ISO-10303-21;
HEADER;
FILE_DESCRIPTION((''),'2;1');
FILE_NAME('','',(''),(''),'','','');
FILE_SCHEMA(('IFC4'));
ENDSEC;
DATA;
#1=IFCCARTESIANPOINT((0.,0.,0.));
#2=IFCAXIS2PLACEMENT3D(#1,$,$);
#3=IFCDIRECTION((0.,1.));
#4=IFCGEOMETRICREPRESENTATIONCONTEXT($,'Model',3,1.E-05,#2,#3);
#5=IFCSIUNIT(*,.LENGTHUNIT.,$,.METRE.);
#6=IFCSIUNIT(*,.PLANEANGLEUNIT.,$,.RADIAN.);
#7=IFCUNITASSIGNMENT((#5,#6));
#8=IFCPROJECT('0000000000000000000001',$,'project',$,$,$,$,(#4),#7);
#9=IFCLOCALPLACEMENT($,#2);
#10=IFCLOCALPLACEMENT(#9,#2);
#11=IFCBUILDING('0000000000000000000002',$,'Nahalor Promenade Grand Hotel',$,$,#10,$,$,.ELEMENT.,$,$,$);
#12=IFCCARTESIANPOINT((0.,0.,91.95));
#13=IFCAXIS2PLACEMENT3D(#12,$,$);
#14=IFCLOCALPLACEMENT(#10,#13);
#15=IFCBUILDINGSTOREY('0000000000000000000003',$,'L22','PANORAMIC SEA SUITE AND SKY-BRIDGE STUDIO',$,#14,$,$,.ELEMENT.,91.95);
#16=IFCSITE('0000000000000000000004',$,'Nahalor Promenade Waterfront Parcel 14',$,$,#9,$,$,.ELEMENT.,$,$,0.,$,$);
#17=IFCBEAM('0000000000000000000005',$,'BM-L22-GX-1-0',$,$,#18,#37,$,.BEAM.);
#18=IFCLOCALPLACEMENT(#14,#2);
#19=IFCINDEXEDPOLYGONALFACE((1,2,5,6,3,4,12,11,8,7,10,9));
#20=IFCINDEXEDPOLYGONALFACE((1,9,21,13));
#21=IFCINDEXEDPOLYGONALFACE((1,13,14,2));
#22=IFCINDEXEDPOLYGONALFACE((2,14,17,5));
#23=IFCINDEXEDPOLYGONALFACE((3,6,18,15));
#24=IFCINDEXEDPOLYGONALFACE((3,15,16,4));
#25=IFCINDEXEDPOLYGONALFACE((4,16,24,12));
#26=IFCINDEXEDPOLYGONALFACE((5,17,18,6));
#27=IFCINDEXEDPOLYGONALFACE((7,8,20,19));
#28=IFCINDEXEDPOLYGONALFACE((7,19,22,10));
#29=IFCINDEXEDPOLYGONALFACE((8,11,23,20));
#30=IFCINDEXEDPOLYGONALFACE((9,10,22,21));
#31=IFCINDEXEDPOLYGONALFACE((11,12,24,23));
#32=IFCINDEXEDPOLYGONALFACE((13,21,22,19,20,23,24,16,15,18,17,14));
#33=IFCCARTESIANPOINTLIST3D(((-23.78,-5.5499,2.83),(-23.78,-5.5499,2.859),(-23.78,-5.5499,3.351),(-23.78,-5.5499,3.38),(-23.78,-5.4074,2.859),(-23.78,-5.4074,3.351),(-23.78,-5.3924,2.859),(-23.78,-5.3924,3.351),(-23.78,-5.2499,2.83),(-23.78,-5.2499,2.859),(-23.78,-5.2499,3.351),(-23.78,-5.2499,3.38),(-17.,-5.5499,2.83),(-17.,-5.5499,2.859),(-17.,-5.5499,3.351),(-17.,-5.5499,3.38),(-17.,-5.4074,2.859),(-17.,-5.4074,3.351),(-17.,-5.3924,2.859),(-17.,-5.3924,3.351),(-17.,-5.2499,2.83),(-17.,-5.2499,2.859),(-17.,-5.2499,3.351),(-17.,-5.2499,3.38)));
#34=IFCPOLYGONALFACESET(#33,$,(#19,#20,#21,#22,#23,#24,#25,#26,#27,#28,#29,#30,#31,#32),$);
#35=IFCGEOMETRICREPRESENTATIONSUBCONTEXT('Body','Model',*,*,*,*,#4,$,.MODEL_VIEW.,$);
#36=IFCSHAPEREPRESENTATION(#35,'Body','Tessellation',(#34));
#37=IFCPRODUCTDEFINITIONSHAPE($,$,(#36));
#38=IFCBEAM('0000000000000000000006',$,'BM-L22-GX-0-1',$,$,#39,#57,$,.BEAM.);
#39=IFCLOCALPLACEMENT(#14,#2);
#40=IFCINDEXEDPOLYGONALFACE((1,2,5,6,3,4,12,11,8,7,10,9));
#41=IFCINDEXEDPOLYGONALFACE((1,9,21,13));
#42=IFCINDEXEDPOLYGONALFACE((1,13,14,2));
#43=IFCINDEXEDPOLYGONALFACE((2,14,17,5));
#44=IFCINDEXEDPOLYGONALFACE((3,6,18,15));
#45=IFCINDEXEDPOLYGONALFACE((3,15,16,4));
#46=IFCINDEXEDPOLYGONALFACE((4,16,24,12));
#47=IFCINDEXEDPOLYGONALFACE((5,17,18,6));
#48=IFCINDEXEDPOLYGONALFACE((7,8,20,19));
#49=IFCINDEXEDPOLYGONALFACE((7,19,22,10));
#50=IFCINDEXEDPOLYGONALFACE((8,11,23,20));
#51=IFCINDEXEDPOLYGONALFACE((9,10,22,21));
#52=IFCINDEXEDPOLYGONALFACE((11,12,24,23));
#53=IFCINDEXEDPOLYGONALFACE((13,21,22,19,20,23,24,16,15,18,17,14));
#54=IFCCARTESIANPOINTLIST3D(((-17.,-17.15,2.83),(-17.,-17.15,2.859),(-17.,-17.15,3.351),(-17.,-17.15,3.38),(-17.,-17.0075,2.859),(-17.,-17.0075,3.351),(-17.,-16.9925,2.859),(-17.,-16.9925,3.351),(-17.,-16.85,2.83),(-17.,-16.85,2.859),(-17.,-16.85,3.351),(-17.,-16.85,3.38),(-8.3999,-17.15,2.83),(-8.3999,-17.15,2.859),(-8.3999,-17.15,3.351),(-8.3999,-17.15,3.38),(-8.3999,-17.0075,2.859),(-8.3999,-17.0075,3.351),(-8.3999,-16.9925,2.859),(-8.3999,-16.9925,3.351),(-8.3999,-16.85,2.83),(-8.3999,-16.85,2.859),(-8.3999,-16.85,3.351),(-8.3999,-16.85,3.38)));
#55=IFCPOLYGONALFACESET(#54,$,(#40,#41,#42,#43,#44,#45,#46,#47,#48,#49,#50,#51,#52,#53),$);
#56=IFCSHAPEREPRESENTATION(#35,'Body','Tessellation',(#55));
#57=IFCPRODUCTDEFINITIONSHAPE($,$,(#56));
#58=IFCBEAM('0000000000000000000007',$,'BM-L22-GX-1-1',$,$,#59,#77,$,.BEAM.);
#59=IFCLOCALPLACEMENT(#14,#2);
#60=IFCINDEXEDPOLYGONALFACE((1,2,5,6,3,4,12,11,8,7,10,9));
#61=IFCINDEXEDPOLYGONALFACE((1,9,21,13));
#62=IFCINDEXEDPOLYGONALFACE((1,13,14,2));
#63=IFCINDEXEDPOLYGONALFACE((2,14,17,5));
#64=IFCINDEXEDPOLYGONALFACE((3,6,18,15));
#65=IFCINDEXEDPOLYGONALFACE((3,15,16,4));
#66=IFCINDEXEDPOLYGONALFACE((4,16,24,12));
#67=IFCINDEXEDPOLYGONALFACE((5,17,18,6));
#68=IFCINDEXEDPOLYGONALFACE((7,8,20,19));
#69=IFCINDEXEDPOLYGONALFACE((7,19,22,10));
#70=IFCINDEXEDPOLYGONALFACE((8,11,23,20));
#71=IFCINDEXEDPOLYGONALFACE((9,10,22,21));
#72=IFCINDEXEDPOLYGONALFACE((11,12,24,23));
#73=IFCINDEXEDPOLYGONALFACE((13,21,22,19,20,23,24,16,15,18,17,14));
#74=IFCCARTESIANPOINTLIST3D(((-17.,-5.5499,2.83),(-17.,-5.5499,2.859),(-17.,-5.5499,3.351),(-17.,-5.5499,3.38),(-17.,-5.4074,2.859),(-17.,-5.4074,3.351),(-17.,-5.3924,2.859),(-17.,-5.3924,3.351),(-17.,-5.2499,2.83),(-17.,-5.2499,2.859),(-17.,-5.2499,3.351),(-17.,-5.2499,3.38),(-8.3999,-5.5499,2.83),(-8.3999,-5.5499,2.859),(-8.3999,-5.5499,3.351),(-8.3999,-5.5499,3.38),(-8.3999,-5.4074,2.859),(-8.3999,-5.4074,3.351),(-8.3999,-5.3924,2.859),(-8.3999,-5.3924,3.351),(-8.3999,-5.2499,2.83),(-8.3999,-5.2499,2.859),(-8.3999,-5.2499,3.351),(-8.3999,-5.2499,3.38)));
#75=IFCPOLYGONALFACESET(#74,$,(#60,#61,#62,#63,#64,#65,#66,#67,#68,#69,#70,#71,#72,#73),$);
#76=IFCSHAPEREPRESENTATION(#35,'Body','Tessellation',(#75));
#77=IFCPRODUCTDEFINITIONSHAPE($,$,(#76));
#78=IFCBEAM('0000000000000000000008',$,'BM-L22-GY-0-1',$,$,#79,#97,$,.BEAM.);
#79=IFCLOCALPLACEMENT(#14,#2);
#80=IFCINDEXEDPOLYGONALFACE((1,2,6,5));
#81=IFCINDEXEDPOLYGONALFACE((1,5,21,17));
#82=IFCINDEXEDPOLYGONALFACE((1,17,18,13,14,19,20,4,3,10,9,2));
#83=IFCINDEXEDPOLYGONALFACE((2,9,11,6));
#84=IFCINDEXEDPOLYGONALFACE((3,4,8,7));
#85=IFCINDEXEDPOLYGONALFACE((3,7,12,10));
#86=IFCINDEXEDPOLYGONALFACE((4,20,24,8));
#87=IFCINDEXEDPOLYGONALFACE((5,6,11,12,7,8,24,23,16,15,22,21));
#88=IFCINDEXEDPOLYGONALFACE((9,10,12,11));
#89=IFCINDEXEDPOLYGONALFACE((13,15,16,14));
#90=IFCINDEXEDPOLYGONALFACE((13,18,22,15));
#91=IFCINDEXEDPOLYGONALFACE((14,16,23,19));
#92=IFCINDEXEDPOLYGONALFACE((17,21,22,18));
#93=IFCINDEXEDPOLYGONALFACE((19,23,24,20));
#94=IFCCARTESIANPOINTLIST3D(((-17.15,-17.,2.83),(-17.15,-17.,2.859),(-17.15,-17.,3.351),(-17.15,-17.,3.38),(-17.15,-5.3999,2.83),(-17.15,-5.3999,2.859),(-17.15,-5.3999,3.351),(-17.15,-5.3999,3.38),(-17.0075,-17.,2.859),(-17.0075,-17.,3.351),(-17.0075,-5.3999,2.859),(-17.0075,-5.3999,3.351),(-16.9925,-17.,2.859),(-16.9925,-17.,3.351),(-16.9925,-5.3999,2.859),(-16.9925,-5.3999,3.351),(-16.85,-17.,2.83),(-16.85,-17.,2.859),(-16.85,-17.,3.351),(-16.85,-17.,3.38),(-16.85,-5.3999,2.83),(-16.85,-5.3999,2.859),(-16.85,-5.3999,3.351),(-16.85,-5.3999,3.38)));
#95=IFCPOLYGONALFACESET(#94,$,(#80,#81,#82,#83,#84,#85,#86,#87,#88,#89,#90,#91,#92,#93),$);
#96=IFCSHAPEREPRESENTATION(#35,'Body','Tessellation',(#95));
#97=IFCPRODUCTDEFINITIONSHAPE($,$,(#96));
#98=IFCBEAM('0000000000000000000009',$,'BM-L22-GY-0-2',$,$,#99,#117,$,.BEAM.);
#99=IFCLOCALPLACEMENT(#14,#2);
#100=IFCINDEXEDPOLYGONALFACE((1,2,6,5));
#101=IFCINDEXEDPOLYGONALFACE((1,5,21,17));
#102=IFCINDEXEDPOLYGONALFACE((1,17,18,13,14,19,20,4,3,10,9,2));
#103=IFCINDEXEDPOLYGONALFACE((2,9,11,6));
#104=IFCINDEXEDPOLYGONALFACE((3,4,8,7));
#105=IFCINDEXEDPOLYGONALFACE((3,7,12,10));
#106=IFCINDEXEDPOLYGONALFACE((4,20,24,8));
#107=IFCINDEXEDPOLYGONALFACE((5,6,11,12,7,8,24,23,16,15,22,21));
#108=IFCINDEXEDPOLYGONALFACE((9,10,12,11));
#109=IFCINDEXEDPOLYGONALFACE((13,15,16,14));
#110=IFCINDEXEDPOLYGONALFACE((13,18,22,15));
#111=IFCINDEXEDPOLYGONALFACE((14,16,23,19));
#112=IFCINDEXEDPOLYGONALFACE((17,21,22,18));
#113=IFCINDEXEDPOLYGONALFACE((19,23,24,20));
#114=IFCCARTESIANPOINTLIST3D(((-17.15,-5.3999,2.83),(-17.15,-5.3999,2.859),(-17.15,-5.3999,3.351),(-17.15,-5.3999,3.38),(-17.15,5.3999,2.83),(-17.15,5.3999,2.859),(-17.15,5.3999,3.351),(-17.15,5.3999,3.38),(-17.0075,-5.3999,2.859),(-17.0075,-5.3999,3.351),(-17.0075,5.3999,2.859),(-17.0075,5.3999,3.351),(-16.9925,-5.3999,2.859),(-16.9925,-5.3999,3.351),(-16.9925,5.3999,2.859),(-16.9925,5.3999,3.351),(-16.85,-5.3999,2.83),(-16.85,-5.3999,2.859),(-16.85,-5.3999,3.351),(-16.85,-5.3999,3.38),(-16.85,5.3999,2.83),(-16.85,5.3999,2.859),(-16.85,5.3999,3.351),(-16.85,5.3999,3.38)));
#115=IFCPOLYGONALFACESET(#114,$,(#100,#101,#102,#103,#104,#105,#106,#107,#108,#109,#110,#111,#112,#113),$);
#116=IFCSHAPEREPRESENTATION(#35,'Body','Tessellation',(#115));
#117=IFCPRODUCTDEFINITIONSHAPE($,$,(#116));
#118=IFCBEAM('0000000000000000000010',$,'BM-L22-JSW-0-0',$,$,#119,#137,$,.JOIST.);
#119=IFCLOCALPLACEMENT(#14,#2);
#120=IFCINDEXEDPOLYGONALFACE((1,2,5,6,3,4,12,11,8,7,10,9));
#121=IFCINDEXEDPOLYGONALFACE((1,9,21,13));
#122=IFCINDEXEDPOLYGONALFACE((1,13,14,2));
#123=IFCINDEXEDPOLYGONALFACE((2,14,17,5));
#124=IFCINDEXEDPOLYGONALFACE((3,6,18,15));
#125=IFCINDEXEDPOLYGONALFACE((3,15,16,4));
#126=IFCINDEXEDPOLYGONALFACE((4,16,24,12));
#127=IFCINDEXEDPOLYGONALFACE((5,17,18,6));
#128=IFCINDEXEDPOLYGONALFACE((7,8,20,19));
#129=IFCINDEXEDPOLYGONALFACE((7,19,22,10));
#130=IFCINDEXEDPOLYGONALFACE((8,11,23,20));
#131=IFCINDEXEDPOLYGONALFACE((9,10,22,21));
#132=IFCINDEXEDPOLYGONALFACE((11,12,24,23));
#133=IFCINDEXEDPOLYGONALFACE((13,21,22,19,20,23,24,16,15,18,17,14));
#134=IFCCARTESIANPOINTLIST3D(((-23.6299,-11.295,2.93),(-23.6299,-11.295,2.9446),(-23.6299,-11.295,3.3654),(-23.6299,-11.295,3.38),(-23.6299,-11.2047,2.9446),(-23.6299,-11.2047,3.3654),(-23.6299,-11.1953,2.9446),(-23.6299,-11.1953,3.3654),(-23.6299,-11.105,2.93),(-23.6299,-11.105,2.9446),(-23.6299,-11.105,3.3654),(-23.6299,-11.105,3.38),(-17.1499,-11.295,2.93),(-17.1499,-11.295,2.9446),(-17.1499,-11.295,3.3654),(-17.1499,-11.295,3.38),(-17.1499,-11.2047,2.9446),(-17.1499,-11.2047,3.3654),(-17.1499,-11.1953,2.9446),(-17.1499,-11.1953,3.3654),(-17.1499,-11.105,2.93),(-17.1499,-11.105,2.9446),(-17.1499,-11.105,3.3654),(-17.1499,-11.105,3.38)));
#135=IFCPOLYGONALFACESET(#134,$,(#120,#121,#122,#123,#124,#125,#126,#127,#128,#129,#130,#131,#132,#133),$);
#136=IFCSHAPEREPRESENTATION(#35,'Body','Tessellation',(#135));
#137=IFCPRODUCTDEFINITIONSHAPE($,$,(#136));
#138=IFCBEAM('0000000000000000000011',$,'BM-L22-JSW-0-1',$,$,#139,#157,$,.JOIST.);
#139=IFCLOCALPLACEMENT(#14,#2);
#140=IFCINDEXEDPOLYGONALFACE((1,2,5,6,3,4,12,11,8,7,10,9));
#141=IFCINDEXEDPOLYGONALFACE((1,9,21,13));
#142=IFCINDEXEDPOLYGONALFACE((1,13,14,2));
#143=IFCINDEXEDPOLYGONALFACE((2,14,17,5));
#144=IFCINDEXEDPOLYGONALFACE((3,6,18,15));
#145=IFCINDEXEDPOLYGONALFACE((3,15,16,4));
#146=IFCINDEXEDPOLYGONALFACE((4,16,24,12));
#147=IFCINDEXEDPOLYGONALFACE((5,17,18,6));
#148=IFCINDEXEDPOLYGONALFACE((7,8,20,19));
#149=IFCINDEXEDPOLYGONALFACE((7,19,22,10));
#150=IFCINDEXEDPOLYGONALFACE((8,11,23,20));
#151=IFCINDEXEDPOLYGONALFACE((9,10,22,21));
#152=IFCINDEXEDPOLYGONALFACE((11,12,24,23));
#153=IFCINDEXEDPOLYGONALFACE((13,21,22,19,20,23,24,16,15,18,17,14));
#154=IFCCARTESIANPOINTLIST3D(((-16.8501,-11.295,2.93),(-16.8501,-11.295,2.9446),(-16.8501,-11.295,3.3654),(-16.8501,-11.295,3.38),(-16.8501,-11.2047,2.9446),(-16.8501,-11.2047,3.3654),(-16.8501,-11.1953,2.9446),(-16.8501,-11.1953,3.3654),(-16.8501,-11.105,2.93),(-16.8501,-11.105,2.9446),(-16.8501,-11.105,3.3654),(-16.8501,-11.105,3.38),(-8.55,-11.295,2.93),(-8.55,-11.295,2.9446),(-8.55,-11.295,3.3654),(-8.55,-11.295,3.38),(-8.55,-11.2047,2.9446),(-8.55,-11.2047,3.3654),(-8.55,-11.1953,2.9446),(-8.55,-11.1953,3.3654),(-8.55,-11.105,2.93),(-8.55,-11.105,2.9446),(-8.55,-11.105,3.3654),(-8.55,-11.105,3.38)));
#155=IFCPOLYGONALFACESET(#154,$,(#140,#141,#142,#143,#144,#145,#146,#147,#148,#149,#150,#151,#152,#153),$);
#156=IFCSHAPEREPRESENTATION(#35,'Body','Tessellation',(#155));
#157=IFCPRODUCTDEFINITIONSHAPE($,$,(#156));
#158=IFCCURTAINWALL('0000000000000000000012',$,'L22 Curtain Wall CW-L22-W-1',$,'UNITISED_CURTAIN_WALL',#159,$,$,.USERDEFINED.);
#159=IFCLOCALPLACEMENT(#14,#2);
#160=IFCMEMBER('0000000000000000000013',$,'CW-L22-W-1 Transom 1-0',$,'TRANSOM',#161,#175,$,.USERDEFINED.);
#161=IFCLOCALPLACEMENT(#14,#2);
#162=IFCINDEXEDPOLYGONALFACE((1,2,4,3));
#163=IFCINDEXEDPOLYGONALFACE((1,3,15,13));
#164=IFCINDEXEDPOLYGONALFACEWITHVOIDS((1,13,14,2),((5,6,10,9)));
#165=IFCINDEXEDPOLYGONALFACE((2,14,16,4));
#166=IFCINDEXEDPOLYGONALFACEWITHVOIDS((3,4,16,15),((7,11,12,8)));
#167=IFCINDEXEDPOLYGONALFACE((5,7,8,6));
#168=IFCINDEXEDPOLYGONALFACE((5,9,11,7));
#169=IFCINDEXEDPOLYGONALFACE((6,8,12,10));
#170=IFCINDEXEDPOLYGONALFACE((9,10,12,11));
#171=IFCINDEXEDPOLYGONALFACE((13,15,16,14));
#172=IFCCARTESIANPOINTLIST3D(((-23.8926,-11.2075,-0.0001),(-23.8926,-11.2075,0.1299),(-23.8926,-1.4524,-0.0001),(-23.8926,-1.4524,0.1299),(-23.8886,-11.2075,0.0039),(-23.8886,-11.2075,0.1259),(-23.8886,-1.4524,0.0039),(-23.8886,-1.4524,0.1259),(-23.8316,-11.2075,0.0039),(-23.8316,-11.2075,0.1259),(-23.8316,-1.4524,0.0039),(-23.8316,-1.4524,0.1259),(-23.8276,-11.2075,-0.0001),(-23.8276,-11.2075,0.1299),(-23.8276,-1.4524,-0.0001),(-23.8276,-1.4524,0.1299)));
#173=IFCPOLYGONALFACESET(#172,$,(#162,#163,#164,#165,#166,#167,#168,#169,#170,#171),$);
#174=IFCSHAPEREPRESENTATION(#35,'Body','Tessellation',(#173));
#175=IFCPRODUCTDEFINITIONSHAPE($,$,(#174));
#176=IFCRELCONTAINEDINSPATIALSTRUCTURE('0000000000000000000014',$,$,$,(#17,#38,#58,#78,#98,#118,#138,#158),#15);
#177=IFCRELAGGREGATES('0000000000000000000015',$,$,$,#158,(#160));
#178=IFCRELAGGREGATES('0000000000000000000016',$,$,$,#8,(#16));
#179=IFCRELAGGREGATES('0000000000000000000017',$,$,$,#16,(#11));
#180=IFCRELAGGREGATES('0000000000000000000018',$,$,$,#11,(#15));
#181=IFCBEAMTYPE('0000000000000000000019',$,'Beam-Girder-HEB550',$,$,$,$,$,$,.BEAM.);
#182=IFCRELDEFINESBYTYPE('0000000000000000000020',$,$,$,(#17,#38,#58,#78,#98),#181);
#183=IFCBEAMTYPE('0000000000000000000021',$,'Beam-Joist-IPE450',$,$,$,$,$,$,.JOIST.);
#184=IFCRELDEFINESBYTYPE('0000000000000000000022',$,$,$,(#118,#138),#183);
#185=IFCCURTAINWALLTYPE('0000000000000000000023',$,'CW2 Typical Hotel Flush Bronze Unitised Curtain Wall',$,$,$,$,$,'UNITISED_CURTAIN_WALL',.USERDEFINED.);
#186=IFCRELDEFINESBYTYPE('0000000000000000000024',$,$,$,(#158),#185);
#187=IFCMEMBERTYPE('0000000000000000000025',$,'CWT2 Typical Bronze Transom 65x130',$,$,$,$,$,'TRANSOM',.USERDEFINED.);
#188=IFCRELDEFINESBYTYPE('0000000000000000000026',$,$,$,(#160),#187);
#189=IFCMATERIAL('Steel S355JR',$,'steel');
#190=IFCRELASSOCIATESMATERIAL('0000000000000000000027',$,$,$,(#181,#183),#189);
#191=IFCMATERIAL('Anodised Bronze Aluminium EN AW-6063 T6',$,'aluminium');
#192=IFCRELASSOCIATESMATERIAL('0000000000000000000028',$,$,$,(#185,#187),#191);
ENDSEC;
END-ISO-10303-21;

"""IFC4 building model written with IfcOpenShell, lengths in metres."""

from ifc_helpers import new_model, si_unit, direction, frame, origin, origin_2d, place, context, subcontext, project, spatial, hollow_rectangle, i_section, extrude, source, transform, mapped, material, material_profile, profile_set, type_object, element, aggregate, save


model = new_model("IFC4")

# Units and contexts
model_context = context("Model", 3, precision=1e-05, world=origin(), true_north=direction((0.0, 1.0)))
body_context = subcontext(model_context, "Body", "Model", "MODEL_VIEW")
ifc_project = project(units=[si_unit("LENGTHUNIT", "METRE"), si_unit("PLANEANGLEUNIT", "RADIAN")], contexts=[model_context])

# Site, building, storey
site_placement = place(None, origin())
site = spatial("IfcSite", under=ifc_project, at=site_placement, Name="Nahalor Promenade Waterfront Parcel 14", CompositionType="ELEMENT", RefElevation=0.0)
building_placement = place(site_placement, origin())
building = spatial("IfcBuilding", under=site, at=building_placement, Name="Nahalor Promenade Grand Hotel", CompositionType="ELEMENT")
storey_placement = place(building_placement, frame((0.0, 0.0, 91.95)))
storey = spatial("IfcBuildingStorey", under=building, at=storey_placement, Name="L22", Description="PANORAMIC SEA SUITE AND SKY-BRIDGE STUDIO", CompositionType="ELEMENT", Elevation=91.95)

# Beams
ifc_material_1 = material(Name="Steel S355JR", Category="steel")
ifc_material_profile_1 = material_profile(ifc_material_1, i_section(OverallWidth=0.3, OverallDepth=0.55, WebThickness=0.015, FlangeThickness=0.029, at=origin_2d()), Name="HEB 550")
ifc_profile_set_1 = profile_set([ifc_material_profile_1], Name="Steel S355JR")
beam_type_1 = type_object("IfcBeamType", Name="Beam-Girder-HEB550", PredefinedType="BEAM", material=ifc_profile_set_1)
shared_shape_1 = source(origin(), body_context, "Body", "SweptSolid", [
    extrude(i_section(OverallWidth=0.3, OverallDepth=0.55, WebThickness=0.015, FlangeThickness=0.029, at=origin_2d()), origin(), (0.0, 0.0, 1.0), 6.78),
])
for number, where, z_axis, x_axis, name in (
    (1, (-23.78, -5.3999, 3.105), (1.0, 0.0, 0.0), (0.0, 1.0, 0.0), "BM-L22-GX-1-0"),
):
    element("IfcBeam", number, at=place(storey_placement, frame(where, z_axis=z_axis, x_axis=x_axis)), inside=storey, type_object=beam_type_1, Name=name, PredefinedType="BEAM", context=body_context, shape_type="MappedRepresentation", body=[
        mapped(shared_shape_1, transform((0.0, 0.0, 0.0), scale=1.0)),
    ])
shared_shape_2 = source(origin(), body_context, "Body", "SweptSolid", [
    extrude(i_section(OverallWidth=0.3, OverallDepth=0.55, WebThickness=0.015, FlangeThickness=0.029, at=origin_2d()), origin(), (0.0, 0.0, 1.0), 8.6001),
])
for number, where, z_axis, x_axis, name in (
    (2, (-17.0, -17.0, 3.105), (1.0, 0.0, 0.0), (0.0, 1.0, 0.0), "BM-L22-GX-0-1"),
    (3, (-17.0, -5.3999, 3.105), (1.0, 0.0, 0.0), (0.0, 1.0, 0.0), "BM-L22-GX-1-1"),
):
    element("IfcBeam", number, at=place(storey_placement, frame(where, z_axis=z_axis, x_axis=x_axis)), inside=storey, type_object=beam_type_1, Name=name, PredefinedType="BEAM", context=body_context, shape_type="MappedRepresentation", body=[
        mapped(shared_shape_2, transform((0.0, 0.0, 0.0), scale=1.0)),
    ])
shared_shape_3 = source(origin(), body_context, "Body", "SweptSolid", [
    extrude(i_section(OverallWidth=0.3, OverallDepth=0.55, WebThickness=0.015, FlangeThickness=0.029, at=origin_2d()), origin(), (0.0, 0.0, 1.0), 11.6001),
])
beam_1_placement = place(storey_placement, frame((-17.0, -17.0, 3.105), z_axis=(0.0, 1.0, 0.0), x_axis=(-1.0, 0.0, 0.0)))
element("IfcBeam", 4, at=beam_1_placement, inside=storey, type_object=beam_type_1, Name="BM-L22-GY-0-1", PredefinedType="BEAM", context=body_context, shape_type="MappedRepresentation", body=[
    mapped(shared_shape_3, transform((0.0, 0.0, 0.0), scale=1.0)),
])
shared_shape_4 = source(origin(), body_context, "Body", "SweptSolid", [
    extrude(i_section(OverallWidth=0.3, OverallDepth=0.55, WebThickness=0.015, FlangeThickness=0.029, at=origin_2d()), origin(), (0.0, 0.0, 1.0), 10.7998),
])
beam_2_placement = place(storey_placement, frame((-17.0, -5.3999, 3.105), z_axis=(0.0, 1.0, 0.0), x_axis=(-1.0, 0.0, 0.0)))
element("IfcBeam", 5, at=beam_2_placement, inside=storey, type_object=beam_type_1, Name="BM-L22-GY-0-2", PredefinedType="BEAM", context=body_context, shape_type="MappedRepresentation", body=[
    mapped(shared_shape_4, transform((0.0, 0.0, 0.0), scale=1.0)),
])
ifc_material_profile_2 = material_profile(ifc_material_1, i_section(OverallWidth=0.19, OverallDepth=0.45, WebThickness=0.0094, FlangeThickness=0.0146, at=origin_2d()), Name="IPE 450")
ifc_profile_set_2 = profile_set([ifc_material_profile_2], Name="Steel S355JR")
beam_type_2 = type_object("IfcBeamType", Name="Beam-Joist-IPE450", PredefinedType="JOIST", material=ifc_profile_set_2)
shared_shape_5 = source(origin(), body_context, "Body", "SweptSolid", [
    extrude(i_section(OverallWidth=0.19, OverallDepth=0.45, WebThickness=0.0094, FlangeThickness=0.0146, at=origin_2d()), origin(), (0.0, 0.0, 1.0), 6.48),
])
beam_3_placement = place(storey_placement, frame((-23.6299, -11.2, 3.155), z_axis=(1.0, 0.0, 0.0), x_axis=(0.0, 1.0, 0.0)))
element("IfcBeam", 6, at=beam_3_placement, inside=storey, type_object=beam_type_2, Name="BM-L22-JSW-0-0", PredefinedType="JOIST", context=body_context, shape_type="MappedRepresentation", body=[
    mapped(shared_shape_5, transform((0.0, 0.0, 0.0), scale=1.0)),
])
shared_shape_6 = source(origin(), body_context, "Body", "SweptSolid", [
    extrude(i_section(OverallWidth=0.19, OverallDepth=0.45, WebThickness=0.0094, FlangeThickness=0.0146, at=origin_2d()), origin(), (0.0, 0.0, 1.0), 8.3),
])
beam_4_placement = place(storey_placement, frame((-16.8501, -11.2, 3.155), z_axis=(1.0, 0.0, 0.0), x_axis=(0.0, 1.0, 0.0)))
element("IfcBeam", 7, at=beam_4_placement, inside=storey, type_object=beam_type_2, Name="BM-L22-JSW-0-1", PredefinedType="JOIST", context=body_context, shape_type="MappedRepresentation", body=[
    mapped(shared_shape_6, transform((0.0, 0.0, 0.0), scale=1.0)),
])

# Curtain wall, member
ifc_material_2 = material(Name="Anodised Bronze Aluminium EN AW-6063 T6", Category="aluminium")
curtain_wall_type = type_object("IfcCurtainWallType", Name="CW2 Typical Hotel Flush Bronze Unitised Curtain Wall", ElementType="UNITISED_CURTAIN_WALL", PredefinedType="USERDEFINED", material=ifc_material_2)
curtain_wall_placement = place(storey_placement, origin())
curtain_wall = element("IfcCurtainWall", 8, at=curtain_wall_placement, inside=storey, type_object=curtain_wall_type, Name="L22 Curtain Wall CW-L22-W-1", ObjectType="UNITISED_CURTAIN_WALL", PredefinedType="USERDEFINED")
ifc_material_profile_3 = material_profile(ifc_material_2, hollow_rectangle(XDim=0.065, YDim=0.13, WallThickness=0.004, at=origin_2d()), Name="CWT 65x130x4")
ifc_profile_set_3 = profile_set([ifc_material_profile_3], Name="Anodised Bronze Aluminium EN AW-6063 T6")
member_type_1 = type_object("IfcMemberType", Name="CWT2 Typical Bronze Transom 65x130", ElementType="TRANSOM", PredefinedType="USERDEFINED", material=ifc_profile_set_3)
shared_shape_7 = source(origin(), body_context, "Body", "SweptSolid", [
    extrude(hollow_rectangle(XDim=0.065, YDim=0.13, WallThickness=0.004, at=origin_2d()), origin(), (0.0, 0.0, 1.0), 9.7551),
])
member_1_placement = place(storey_placement, frame((-23.8601, -11.2075, 0.0649), z_axis=(0.0, 1.0, 0.0), x_axis=(-1.0, 0.0, 0.0)))
member_1 = element("IfcMember", 9, at=member_1_placement, type_object=member_type_1, Name="CW-L22-W-1 Transom 1-0", ObjectType="TRANSOM", PredefinedType="USERDEFINED", context=body_context, shape_type="MappedRepresentation", body=[
    mapped(shared_shape_7, transform((0.0, 0.0, 0.0), scale=1.0)),
])
aggregate(curtain_wall, [member_1])

save(model, "model.ifc")
